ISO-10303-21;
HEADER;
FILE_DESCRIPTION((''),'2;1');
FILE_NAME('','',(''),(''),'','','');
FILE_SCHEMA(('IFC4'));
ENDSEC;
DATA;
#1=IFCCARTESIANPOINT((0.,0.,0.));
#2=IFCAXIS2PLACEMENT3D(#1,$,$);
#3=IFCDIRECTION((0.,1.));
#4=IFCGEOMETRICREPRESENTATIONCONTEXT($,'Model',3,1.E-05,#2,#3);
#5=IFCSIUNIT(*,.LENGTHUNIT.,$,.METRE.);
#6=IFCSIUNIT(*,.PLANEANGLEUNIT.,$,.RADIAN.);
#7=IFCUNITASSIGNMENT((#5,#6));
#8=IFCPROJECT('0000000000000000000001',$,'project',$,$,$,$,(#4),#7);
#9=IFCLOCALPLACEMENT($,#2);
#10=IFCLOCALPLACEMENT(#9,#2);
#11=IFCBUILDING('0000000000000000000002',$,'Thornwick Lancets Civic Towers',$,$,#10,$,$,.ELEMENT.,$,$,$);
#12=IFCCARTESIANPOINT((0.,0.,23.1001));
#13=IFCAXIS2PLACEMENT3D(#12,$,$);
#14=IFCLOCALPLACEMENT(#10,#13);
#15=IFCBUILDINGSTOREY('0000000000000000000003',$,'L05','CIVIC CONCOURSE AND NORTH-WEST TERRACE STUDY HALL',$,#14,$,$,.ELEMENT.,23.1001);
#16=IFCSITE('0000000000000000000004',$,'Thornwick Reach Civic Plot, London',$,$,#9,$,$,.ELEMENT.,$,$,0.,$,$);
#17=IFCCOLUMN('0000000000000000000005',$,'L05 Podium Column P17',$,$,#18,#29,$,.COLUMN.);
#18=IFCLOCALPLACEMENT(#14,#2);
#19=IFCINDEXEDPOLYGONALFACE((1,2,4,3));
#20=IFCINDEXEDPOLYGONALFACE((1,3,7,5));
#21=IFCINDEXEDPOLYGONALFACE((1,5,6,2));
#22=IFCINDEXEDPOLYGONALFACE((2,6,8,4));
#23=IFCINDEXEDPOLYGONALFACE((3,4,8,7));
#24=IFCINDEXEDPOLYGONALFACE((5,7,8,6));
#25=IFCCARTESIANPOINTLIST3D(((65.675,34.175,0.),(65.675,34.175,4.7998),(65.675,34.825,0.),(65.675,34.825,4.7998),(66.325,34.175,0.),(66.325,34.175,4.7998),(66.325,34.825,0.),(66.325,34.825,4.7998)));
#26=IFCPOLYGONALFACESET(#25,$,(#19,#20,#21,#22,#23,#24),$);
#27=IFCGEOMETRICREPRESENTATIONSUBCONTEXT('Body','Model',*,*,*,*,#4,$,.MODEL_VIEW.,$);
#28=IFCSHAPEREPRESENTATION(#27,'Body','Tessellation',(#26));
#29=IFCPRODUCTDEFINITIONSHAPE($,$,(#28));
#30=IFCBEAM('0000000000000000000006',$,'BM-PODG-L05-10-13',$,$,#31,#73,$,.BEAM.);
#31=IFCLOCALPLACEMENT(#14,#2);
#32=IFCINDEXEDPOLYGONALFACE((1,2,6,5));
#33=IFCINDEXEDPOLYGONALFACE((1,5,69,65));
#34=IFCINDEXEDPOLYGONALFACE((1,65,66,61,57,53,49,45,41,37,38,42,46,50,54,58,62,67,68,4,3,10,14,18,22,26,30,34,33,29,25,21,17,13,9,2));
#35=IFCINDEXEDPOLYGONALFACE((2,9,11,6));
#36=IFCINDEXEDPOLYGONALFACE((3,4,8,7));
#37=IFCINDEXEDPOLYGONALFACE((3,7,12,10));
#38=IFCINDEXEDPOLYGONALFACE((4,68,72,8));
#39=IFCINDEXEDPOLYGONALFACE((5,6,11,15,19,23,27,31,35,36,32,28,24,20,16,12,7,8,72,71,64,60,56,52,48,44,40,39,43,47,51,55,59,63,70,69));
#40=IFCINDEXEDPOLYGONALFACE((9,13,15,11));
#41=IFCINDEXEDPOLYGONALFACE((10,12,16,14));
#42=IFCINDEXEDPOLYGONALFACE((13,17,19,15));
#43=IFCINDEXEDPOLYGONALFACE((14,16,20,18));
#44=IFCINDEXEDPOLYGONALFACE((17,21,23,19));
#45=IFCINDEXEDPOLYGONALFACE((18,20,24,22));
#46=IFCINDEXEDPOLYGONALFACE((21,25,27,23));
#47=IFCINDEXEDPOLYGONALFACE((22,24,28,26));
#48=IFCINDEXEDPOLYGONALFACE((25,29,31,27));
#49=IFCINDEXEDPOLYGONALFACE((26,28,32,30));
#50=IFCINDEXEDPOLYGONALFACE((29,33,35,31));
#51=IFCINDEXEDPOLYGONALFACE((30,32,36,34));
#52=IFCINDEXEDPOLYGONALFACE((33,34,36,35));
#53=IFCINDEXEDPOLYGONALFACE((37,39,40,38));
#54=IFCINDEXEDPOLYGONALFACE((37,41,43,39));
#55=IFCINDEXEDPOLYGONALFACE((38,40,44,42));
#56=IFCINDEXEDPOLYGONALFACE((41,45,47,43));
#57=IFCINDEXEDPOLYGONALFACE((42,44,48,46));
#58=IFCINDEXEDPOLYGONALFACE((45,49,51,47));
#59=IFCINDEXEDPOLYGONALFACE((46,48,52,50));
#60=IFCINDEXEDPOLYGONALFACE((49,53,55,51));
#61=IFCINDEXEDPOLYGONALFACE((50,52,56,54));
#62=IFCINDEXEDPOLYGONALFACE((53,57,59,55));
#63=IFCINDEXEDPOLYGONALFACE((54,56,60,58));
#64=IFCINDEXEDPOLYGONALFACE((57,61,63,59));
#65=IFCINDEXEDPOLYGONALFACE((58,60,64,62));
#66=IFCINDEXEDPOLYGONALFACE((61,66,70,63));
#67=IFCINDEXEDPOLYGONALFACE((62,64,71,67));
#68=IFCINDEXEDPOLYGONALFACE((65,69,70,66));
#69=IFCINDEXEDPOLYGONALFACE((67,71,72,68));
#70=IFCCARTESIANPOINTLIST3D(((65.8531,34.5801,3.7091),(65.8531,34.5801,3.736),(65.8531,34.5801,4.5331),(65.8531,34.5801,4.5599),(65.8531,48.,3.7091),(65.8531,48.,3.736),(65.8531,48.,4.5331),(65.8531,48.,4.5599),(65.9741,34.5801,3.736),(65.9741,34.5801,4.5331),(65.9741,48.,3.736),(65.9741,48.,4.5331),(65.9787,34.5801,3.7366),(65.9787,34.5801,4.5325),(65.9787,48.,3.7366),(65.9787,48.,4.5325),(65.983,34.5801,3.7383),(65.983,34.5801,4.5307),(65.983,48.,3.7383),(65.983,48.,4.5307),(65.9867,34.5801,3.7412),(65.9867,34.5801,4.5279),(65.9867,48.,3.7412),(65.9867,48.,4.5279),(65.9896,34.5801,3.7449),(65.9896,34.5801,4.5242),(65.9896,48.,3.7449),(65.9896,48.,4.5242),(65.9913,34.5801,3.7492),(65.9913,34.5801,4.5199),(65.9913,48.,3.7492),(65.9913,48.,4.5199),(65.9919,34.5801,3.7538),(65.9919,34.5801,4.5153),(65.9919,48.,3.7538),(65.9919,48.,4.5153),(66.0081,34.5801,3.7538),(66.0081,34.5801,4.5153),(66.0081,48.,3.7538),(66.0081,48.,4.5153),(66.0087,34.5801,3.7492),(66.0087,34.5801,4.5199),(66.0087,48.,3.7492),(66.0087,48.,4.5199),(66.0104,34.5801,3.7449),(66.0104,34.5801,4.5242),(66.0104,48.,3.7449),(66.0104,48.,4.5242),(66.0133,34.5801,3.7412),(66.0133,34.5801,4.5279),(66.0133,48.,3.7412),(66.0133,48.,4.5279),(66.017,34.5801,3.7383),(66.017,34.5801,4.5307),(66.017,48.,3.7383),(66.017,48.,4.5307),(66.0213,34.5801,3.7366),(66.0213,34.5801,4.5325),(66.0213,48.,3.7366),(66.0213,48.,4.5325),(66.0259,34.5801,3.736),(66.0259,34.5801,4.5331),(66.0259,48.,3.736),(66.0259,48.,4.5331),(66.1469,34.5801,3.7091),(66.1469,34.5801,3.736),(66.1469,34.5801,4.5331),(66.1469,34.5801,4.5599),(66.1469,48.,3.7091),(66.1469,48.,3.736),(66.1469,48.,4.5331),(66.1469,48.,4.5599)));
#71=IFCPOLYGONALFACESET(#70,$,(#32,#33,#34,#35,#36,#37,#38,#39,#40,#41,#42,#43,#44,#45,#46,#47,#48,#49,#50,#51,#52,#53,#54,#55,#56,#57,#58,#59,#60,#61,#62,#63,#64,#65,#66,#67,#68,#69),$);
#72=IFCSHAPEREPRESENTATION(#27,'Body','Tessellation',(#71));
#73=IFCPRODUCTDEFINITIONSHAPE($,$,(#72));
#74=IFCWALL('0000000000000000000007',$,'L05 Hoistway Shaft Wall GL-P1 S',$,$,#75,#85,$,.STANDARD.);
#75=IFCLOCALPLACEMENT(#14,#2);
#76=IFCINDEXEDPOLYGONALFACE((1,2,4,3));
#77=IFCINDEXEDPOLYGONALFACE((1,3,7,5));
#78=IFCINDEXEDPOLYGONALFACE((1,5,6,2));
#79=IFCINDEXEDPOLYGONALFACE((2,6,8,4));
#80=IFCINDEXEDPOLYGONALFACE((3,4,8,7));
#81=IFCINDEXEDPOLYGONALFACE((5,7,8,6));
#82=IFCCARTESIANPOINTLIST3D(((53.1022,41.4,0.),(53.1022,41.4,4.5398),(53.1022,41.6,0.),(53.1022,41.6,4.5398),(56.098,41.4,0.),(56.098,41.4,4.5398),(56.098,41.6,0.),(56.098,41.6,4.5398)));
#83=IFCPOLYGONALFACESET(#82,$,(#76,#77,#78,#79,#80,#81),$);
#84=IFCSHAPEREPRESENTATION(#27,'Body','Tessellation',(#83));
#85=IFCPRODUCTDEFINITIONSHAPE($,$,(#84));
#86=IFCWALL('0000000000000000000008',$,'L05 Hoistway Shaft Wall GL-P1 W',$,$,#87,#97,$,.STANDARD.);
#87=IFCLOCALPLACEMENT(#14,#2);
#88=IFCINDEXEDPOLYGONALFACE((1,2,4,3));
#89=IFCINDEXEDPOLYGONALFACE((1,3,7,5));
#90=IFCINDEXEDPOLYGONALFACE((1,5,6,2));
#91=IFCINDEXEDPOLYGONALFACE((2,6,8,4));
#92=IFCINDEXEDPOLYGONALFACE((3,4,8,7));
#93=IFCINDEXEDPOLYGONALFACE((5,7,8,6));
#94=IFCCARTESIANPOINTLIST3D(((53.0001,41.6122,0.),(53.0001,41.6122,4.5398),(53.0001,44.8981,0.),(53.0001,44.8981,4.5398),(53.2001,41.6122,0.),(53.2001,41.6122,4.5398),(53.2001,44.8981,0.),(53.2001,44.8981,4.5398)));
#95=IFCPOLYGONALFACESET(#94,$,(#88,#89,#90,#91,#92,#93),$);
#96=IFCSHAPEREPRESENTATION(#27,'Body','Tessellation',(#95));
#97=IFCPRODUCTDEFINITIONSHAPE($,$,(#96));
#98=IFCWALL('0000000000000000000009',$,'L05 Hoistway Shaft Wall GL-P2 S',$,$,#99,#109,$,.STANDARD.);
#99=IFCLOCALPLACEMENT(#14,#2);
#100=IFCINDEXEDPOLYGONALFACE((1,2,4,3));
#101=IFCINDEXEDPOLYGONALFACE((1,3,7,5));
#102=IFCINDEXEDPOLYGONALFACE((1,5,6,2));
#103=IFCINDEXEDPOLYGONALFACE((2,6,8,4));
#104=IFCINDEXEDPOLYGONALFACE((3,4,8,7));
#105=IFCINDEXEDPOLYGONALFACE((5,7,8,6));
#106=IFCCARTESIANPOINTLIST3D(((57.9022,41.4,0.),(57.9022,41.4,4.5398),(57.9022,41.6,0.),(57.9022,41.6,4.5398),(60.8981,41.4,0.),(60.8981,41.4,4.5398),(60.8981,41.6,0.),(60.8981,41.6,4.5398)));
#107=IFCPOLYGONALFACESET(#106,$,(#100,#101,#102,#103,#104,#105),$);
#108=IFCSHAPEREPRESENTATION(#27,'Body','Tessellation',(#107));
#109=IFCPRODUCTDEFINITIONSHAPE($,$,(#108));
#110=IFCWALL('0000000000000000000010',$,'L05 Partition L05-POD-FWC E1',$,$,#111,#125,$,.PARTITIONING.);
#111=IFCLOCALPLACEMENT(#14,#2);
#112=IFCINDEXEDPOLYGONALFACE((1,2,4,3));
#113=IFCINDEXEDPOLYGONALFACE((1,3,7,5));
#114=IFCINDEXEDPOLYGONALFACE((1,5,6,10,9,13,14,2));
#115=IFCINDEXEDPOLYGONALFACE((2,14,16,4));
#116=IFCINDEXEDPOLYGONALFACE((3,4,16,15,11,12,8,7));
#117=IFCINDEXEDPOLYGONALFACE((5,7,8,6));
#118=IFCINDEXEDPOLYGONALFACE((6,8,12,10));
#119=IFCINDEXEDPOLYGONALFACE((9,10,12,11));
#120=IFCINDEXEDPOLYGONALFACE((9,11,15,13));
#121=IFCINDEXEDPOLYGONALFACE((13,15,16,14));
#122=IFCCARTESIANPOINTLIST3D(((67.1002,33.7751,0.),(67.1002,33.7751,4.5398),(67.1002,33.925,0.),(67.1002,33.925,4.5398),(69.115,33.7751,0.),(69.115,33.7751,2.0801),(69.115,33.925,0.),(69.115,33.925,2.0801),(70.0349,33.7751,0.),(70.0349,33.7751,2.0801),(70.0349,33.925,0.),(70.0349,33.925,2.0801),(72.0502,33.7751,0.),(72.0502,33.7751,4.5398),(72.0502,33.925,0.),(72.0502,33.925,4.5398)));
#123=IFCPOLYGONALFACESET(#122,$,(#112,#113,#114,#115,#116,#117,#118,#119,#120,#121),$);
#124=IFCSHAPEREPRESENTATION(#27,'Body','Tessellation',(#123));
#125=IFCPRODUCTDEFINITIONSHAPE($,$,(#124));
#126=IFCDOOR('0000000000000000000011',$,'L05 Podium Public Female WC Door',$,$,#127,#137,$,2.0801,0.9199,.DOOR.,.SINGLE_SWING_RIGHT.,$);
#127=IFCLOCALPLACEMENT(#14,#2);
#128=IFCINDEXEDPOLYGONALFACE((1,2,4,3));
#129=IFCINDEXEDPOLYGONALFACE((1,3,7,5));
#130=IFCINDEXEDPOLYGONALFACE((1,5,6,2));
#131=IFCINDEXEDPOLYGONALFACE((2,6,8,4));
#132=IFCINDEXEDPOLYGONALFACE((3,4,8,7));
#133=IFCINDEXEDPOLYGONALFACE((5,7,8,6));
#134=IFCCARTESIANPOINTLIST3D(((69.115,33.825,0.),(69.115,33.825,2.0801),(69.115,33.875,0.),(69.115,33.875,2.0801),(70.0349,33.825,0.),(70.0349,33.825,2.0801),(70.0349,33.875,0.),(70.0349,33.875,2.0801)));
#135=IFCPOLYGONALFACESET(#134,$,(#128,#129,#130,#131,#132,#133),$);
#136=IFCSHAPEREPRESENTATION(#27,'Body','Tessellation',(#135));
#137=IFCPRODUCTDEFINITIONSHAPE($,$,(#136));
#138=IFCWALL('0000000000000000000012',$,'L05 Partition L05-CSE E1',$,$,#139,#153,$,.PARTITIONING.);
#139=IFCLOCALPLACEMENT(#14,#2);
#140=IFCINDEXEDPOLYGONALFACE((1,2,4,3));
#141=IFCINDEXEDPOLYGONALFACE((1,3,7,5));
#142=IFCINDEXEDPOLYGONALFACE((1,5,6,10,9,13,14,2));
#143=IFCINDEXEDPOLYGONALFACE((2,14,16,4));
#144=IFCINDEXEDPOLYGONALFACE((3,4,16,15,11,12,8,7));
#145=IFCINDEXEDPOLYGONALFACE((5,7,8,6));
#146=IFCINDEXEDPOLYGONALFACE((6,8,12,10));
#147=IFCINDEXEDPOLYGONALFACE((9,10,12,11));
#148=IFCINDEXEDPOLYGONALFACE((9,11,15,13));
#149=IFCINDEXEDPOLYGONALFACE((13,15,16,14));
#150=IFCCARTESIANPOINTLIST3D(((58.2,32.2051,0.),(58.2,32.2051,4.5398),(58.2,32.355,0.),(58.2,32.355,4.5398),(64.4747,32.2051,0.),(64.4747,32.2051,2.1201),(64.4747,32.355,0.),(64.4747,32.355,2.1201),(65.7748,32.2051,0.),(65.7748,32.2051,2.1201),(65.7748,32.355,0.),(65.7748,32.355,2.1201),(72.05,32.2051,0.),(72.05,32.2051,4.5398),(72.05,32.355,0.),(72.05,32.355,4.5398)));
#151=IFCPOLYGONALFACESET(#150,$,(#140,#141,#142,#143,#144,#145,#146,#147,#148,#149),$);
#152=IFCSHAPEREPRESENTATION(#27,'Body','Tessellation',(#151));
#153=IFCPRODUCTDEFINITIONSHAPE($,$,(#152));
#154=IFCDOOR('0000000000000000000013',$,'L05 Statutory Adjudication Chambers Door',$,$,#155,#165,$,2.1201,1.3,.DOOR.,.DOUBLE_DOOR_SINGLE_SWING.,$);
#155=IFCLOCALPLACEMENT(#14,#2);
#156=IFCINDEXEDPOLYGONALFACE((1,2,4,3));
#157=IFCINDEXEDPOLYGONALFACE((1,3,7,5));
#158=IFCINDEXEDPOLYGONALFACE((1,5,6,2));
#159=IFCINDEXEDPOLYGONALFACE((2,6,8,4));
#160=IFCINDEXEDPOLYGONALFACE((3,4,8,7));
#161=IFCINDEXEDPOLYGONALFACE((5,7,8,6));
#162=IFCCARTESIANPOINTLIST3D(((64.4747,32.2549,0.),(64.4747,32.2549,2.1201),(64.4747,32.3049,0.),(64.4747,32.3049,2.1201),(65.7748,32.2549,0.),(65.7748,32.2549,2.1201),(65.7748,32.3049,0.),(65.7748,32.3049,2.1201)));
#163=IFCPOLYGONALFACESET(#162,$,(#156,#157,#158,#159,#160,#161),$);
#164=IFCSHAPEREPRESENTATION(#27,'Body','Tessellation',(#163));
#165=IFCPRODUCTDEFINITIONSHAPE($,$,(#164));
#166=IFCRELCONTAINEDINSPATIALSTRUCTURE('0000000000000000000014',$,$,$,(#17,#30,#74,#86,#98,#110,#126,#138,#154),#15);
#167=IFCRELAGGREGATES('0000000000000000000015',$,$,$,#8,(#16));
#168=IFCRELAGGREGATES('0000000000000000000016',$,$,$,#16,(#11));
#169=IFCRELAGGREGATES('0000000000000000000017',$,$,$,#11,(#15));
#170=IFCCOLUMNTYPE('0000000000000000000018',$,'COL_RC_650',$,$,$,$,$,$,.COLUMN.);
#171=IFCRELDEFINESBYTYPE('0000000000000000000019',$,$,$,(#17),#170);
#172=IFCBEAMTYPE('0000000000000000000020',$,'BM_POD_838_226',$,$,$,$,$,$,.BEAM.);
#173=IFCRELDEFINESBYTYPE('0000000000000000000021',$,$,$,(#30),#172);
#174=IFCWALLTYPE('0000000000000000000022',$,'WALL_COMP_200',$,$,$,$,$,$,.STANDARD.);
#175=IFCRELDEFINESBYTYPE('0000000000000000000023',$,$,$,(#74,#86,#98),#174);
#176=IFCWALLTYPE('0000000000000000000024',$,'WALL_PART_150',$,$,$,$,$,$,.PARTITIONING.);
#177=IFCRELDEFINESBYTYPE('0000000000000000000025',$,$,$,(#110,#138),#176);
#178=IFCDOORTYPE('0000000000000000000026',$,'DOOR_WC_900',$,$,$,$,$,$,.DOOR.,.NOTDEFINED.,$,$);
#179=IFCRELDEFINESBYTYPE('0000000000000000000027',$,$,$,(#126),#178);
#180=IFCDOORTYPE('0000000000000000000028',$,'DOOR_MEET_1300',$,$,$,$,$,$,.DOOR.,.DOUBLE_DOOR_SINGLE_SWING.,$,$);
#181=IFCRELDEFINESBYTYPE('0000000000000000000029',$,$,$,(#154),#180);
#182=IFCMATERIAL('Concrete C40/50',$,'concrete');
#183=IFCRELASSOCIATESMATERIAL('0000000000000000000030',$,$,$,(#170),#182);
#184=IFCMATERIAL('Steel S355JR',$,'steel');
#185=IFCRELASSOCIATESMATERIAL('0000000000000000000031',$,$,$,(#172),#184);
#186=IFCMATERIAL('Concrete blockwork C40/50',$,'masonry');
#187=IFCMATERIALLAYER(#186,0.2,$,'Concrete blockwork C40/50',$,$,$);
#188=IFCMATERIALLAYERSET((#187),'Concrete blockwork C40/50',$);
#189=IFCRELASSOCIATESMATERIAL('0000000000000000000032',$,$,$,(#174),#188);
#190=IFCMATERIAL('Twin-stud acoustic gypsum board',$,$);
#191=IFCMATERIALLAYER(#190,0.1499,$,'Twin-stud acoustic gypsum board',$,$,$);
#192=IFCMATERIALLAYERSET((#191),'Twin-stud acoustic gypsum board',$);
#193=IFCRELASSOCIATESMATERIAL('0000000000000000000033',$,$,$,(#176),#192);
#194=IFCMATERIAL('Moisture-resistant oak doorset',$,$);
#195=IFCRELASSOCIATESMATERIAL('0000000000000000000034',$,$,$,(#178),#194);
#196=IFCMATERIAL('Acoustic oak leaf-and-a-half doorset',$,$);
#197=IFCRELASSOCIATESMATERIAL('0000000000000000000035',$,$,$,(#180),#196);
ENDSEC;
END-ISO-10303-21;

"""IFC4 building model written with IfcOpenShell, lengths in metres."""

from ifc_helpers import new_model, si_unit, direction, frame, frame_2d, origin, origin_2d, place, context, subcontext, project, spatial, rectangle, i_section, extrude, material, layer, layer_set, material_profile, profile_set, type_object, element, fill, save


model = new_model("IFC4")

# Units and contexts
model_context = context("Model", 3, precision=1e-05, world=origin(), true_north=direction((0.0, 1.0)))
body_context = subcontext(model_context, "Body", "Model", "MODEL_VIEW")
ifc_project = project(units=[si_unit("LENGTHUNIT", "METRE"), si_unit("PLANEANGLEUNIT", "RADIAN")], contexts=[model_context])

# Site, building, storey
site_placement = place(None, origin())
site = spatial("IfcSite", under=ifc_project, at=site_placement, Name="Thornwick Reach Civic Plot, London", CompositionType="ELEMENT", RefElevation=0.0)
building_placement = place(site_placement, origin())
building = spatial("IfcBuilding", under=site, at=building_placement, Name="Thornwick Lancets Civic Towers", CompositionType="ELEMENT")
storey_placement = place(building_placement, frame((0.0, 0.0, 23.1001)))
storey = spatial("IfcBuildingStorey", under=building, at=storey_placement, Name="L05", Description="CIVIC CONCOURSE AND NORTH-WEST TERRACE STUDY HALL", CompositionType="ELEMENT", Elevation=23.1001)

# Column
ifc_material_1 = material(Name="Concrete C40/50", Category="concrete")
ifc_material_profile_1 = material_profile(ifc_material_1, rectangle(XDim=0.6499, YDim=0.6499, at=origin_2d()), Name="RC 650x650")
ifc_profile_set_1 = profile_set([ifc_material_profile_1], Name="Concrete C40/50")
column_type = type_object("IfcColumnType", Name="COL_RC_650", PredefinedType="COLUMN", material=ifc_profile_set_1)
column_placement = place(storey_placement, frame((66.0, 34.5, 0.0), z_axis=(0.0, 0.0, 1.0), x_axis=(1.0, 0.0, 0.0)))
element("IfcColumn", 1, at=column_placement, inside=storey, type_object=column_type, Name="L05 Podium Column P17", PredefinedType="COLUMN", context=body_context, shape_type="SweptSolid", body=[
    extrude(rectangle(XDim=0.6499, YDim=0.6499, at=origin_2d()), origin(), (0.0, 0.0, 1.0), 4.7998),
])

# Beam
ifc_material_2 = material(Name="Steel S355JR", Category="steel")
ifc_material_profile_2 = material_profile(ifc_material_2, i_section(OverallWidth=0.2937, OverallDepth=0.8508, WebThickness=0.0161, FlangeThickness=0.0269, FilletRadius=0.0178, at=origin_2d()), Name="UKB 838x292x226")
ifc_profile_set_2 = profile_set([ifc_material_profile_2], Name="Steel S355JR")
beam_type = type_object("IfcBeamType", Name="BM_POD_838_226", PredefinedType="BEAM", material=ifc_profile_set_2)
beam_placement = place(storey_placement, frame((66.0, 34.5801, 4.1345), z_axis=(0.0, 1.0, 0.0), x_axis=(-1.0, 0.0, 0.0)))
element("IfcBeam", 2, at=beam_placement, inside=storey, type_object=beam_type, Name="BM-PODG-L05-10-13", PredefinedType="BEAM", context=body_context, shape_type="SweptSolid", body=[
    extrude(i_section(OverallWidth=0.2937, OverallDepth=0.8508, WebThickness=0.0161, FlangeThickness=0.0269, FilletRadius=0.0178, at=origin_2d()), origin(), (0.0, 0.0, 1.0), 13.4199),
])

# Walls
ifc_material_3 = material(Name="Concrete blockwork C40/50", Category="masonry")
ifc_layer_1 = layer(ifc_material_3, 0.2, Name="Concrete blockwork C40/50")
ifc_layer_set_1 = layer_set([ifc_layer_1], Name="Concrete blockwork C40/50")
wall_type_1 = type_object("IfcWallType", Name="WALL_COMP_200", PredefinedType="STANDARD", material=ifc_layer_set_1)
wall_1_placement = place(storey_placement, frame((53.1021, 41.5, 0.0), z_axis=(0.0, 0.0, 1.0), x_axis=(1.0, 0.0, 0.0)))
element("IfcWall", 3, at=wall_1_placement, inside=storey, type_object=wall_type_1, Name="L05 Hoistway Shaft Wall GL-P1 S", PredefinedType="STANDARD", context=body_context, shape_type="SweptSolid", body=[
    extrude(rectangle(XDim=2.9958, YDim=0.2, at=frame_2d((1.498, 0.0))), origin(), (0.0, 0.0, 1.0), 4.5398),
])
wall_2_placement = place(storey_placement, frame((53.1001, 41.6121, 0.0), z_axis=(0.0, 0.0, 1.0), x_axis=(0.0, 1.0, 0.0)))
element("IfcWall", 4, at=wall_2_placement, inside=storey, type_object=wall_type_1, Name="L05 Hoistway Shaft Wall GL-P1 W", PredefinedType="STANDARD", context=body_context, shape_type="SweptSolid", body=[
    extrude(rectangle(XDim=3.2859, YDim=0.2, at=frame_2d((1.6431, 0.0))), origin(), (0.0, 0.0, 1.0), 4.5398),
])
wall_3_placement = place(storey_placement, frame((57.9021, 41.5, 0.0), z_axis=(0.0, 0.0, 1.0), x_axis=(1.0, 0.0, 0.0)))
element("IfcWall", 5, at=wall_3_placement, inside=storey, type_object=wall_type_1, Name="L05 Hoistway Shaft Wall GL-P2 S", PredefinedType="STANDARD", context=body_context, shape_type="SweptSolid", body=[
    extrude(rectangle(XDim=2.9958, YDim=0.2, at=frame_2d((1.498, 0.0))), origin(), (0.0, 0.0, 1.0), 4.5398),
])

# Walls, openings, doors
ifc_material_4 = material(Name="Twin-stud acoustic gypsum board")
ifc_layer_2 = layer(ifc_material_4, 0.1499, Name="Twin-stud acoustic gypsum board")
ifc_layer_set_2 = layer_set([ifc_layer_2], Name="Twin-stud acoustic gypsum board")
wall_type_2 = type_object("IfcWallType", Name="WALL_PART_150", PredefinedType="PARTITIONING", material=ifc_layer_set_2)
wall_4_placement = place(storey_placement, frame((67.1001, 33.8501, 0.0), z_axis=(0.0, 0.0, 1.0), x_axis=(1.0, 0.0, 0.0)))
wall_4 = element("IfcWall", 6, at=wall_4_placement, inside=storey, type_object=wall_type_2, Name="L05 Partition L05-POD-FWC E1", PredefinedType="PARTITIONING", context=body_context, shape_type="SweptSolid", body=[
    extrude(rectangle(XDim=4.95, YDim=0.1499, at=frame_2d((2.4751, 0.0))), origin(), (0.0, 0.0, 1.0), 4.5398),
])
opening_1_placement = place(wall_4_placement, frame((2.0149, 0.0, 0.0)))
opening_1 = element("IfcOpeningElement", 7, at=opening_1_placement, cuts=wall_4, PredefinedType="OPENING", context=body_context, shape_type="SweptSolid", body=[
    extrude(rectangle(XDim=0.9199, YDim=2.0801, at=frame_2d((0.46, 1.04))), frame((0.0, 0.085, 0.0), z_axis=(0.0, -1.0, 0.0), x_axis=(1.0, 0.0, 0.0)), (0.0, 0.0, 1.0), 0.1699),
])
ifc_material_5 = material(Name="Moisture-resistant oak doorset")
door_type_1 = type_object("IfcDoorType", Name="DOOR_WC_900", OperationType="NOTDEFINED", PredefinedType="DOOR", material=ifc_material_5)
door_1_placement = place(opening_1_placement, origin())
door_1 = element("IfcDoor", 8, at=door_1_placement, inside=storey, type_object=door_type_1, Name="L05 Podium Public Female WC Door", OperationType="SINGLE_SWING_RIGHT", OverallHeight=2.0801, OverallWidth=0.9199, PredefinedType="DOOR", context=body_context, shape_type="SweptSolid", body=[
    extrude(rectangle(XDim=0.9199, YDim=2.0801, at=frame_2d((0.46, 1.04))), frame((0.0, 0.0249, 0.0), z_axis=(0.0, -1.0, 0.0), x_axis=(1.0, 0.0, 0.0)), (0.0, 0.0, 1.0), 0.05),
])
fill(opening_1, door_1)
wall_5_placement = place(storey_placement, frame((58.2, 32.28, 0.0), z_axis=(0.0, 0.0, 1.0), x_axis=(1.0, 0.0, 0.0)))
wall_5 = element("IfcWall", 9, at=wall_5_placement, inside=storey, type_object=wall_type_2, Name="L05 Partition L05-CSE E1", PredefinedType="PARTITIONING", context=body_context, shape_type="SweptSolid", body=[
    extrude(rectangle(XDim=13.8501, YDim=0.1499, at=frame_2d((6.925, 0.0))), origin(), (0.0, 0.0, 1.0), 4.5398),
])
opening_2_placement = place(wall_5_placement, frame((6.2749, 0.0, 0.0)))
opening_2 = element("IfcOpeningElement", 10, at=opening_2_placement, cuts=wall_5, PredefinedType="OPENING", context=body_context, shape_type="SweptSolid", body=[
    extrude(rectangle(XDim=1.3, YDim=2.1201, at=frame_2d((0.6499, 1.0601))), frame((0.0, 0.085, 0.0), z_axis=(0.0, -1.0, 0.0), x_axis=(1.0, 0.0, 0.0)), (0.0, 0.0, 1.0), 0.1699),
])
ifc_material_6 = material(Name="Acoustic oak leaf-and-a-half doorset")
door_type_2 = type_object("IfcDoorType", Name="DOOR_MEET_1300", OperationType="DOUBLE_DOOR_SINGLE_SWING", PredefinedType="DOOR", material=ifc_material_6)
door_2_placement = place(opening_2_placement, origin())
door_2 = element("IfcDoor", 11, at=door_2_placement, inside=storey, type_object=door_type_2, Name="L05 Statutory Adjudication Chambers Door", OperationType="DOUBLE_DOOR_SINGLE_SWING", OverallHeight=2.1201, OverallWidth=1.3, PredefinedType="DOOR", context=body_context, shape_type="SweptSolid", body=[
    extrude(rectangle(XDim=1.3, YDim=2.1201, at=frame_2d((0.6499, 1.0601))), frame((0.0, 0.0249, 0.0), z_axis=(0.0, -1.0, 0.0), x_axis=(1.0, 0.0, 0.0)), (0.0, 0.0, 1.0), 0.05),
])
fill(opening_2, door_2)

save(model, "model.ifc")
